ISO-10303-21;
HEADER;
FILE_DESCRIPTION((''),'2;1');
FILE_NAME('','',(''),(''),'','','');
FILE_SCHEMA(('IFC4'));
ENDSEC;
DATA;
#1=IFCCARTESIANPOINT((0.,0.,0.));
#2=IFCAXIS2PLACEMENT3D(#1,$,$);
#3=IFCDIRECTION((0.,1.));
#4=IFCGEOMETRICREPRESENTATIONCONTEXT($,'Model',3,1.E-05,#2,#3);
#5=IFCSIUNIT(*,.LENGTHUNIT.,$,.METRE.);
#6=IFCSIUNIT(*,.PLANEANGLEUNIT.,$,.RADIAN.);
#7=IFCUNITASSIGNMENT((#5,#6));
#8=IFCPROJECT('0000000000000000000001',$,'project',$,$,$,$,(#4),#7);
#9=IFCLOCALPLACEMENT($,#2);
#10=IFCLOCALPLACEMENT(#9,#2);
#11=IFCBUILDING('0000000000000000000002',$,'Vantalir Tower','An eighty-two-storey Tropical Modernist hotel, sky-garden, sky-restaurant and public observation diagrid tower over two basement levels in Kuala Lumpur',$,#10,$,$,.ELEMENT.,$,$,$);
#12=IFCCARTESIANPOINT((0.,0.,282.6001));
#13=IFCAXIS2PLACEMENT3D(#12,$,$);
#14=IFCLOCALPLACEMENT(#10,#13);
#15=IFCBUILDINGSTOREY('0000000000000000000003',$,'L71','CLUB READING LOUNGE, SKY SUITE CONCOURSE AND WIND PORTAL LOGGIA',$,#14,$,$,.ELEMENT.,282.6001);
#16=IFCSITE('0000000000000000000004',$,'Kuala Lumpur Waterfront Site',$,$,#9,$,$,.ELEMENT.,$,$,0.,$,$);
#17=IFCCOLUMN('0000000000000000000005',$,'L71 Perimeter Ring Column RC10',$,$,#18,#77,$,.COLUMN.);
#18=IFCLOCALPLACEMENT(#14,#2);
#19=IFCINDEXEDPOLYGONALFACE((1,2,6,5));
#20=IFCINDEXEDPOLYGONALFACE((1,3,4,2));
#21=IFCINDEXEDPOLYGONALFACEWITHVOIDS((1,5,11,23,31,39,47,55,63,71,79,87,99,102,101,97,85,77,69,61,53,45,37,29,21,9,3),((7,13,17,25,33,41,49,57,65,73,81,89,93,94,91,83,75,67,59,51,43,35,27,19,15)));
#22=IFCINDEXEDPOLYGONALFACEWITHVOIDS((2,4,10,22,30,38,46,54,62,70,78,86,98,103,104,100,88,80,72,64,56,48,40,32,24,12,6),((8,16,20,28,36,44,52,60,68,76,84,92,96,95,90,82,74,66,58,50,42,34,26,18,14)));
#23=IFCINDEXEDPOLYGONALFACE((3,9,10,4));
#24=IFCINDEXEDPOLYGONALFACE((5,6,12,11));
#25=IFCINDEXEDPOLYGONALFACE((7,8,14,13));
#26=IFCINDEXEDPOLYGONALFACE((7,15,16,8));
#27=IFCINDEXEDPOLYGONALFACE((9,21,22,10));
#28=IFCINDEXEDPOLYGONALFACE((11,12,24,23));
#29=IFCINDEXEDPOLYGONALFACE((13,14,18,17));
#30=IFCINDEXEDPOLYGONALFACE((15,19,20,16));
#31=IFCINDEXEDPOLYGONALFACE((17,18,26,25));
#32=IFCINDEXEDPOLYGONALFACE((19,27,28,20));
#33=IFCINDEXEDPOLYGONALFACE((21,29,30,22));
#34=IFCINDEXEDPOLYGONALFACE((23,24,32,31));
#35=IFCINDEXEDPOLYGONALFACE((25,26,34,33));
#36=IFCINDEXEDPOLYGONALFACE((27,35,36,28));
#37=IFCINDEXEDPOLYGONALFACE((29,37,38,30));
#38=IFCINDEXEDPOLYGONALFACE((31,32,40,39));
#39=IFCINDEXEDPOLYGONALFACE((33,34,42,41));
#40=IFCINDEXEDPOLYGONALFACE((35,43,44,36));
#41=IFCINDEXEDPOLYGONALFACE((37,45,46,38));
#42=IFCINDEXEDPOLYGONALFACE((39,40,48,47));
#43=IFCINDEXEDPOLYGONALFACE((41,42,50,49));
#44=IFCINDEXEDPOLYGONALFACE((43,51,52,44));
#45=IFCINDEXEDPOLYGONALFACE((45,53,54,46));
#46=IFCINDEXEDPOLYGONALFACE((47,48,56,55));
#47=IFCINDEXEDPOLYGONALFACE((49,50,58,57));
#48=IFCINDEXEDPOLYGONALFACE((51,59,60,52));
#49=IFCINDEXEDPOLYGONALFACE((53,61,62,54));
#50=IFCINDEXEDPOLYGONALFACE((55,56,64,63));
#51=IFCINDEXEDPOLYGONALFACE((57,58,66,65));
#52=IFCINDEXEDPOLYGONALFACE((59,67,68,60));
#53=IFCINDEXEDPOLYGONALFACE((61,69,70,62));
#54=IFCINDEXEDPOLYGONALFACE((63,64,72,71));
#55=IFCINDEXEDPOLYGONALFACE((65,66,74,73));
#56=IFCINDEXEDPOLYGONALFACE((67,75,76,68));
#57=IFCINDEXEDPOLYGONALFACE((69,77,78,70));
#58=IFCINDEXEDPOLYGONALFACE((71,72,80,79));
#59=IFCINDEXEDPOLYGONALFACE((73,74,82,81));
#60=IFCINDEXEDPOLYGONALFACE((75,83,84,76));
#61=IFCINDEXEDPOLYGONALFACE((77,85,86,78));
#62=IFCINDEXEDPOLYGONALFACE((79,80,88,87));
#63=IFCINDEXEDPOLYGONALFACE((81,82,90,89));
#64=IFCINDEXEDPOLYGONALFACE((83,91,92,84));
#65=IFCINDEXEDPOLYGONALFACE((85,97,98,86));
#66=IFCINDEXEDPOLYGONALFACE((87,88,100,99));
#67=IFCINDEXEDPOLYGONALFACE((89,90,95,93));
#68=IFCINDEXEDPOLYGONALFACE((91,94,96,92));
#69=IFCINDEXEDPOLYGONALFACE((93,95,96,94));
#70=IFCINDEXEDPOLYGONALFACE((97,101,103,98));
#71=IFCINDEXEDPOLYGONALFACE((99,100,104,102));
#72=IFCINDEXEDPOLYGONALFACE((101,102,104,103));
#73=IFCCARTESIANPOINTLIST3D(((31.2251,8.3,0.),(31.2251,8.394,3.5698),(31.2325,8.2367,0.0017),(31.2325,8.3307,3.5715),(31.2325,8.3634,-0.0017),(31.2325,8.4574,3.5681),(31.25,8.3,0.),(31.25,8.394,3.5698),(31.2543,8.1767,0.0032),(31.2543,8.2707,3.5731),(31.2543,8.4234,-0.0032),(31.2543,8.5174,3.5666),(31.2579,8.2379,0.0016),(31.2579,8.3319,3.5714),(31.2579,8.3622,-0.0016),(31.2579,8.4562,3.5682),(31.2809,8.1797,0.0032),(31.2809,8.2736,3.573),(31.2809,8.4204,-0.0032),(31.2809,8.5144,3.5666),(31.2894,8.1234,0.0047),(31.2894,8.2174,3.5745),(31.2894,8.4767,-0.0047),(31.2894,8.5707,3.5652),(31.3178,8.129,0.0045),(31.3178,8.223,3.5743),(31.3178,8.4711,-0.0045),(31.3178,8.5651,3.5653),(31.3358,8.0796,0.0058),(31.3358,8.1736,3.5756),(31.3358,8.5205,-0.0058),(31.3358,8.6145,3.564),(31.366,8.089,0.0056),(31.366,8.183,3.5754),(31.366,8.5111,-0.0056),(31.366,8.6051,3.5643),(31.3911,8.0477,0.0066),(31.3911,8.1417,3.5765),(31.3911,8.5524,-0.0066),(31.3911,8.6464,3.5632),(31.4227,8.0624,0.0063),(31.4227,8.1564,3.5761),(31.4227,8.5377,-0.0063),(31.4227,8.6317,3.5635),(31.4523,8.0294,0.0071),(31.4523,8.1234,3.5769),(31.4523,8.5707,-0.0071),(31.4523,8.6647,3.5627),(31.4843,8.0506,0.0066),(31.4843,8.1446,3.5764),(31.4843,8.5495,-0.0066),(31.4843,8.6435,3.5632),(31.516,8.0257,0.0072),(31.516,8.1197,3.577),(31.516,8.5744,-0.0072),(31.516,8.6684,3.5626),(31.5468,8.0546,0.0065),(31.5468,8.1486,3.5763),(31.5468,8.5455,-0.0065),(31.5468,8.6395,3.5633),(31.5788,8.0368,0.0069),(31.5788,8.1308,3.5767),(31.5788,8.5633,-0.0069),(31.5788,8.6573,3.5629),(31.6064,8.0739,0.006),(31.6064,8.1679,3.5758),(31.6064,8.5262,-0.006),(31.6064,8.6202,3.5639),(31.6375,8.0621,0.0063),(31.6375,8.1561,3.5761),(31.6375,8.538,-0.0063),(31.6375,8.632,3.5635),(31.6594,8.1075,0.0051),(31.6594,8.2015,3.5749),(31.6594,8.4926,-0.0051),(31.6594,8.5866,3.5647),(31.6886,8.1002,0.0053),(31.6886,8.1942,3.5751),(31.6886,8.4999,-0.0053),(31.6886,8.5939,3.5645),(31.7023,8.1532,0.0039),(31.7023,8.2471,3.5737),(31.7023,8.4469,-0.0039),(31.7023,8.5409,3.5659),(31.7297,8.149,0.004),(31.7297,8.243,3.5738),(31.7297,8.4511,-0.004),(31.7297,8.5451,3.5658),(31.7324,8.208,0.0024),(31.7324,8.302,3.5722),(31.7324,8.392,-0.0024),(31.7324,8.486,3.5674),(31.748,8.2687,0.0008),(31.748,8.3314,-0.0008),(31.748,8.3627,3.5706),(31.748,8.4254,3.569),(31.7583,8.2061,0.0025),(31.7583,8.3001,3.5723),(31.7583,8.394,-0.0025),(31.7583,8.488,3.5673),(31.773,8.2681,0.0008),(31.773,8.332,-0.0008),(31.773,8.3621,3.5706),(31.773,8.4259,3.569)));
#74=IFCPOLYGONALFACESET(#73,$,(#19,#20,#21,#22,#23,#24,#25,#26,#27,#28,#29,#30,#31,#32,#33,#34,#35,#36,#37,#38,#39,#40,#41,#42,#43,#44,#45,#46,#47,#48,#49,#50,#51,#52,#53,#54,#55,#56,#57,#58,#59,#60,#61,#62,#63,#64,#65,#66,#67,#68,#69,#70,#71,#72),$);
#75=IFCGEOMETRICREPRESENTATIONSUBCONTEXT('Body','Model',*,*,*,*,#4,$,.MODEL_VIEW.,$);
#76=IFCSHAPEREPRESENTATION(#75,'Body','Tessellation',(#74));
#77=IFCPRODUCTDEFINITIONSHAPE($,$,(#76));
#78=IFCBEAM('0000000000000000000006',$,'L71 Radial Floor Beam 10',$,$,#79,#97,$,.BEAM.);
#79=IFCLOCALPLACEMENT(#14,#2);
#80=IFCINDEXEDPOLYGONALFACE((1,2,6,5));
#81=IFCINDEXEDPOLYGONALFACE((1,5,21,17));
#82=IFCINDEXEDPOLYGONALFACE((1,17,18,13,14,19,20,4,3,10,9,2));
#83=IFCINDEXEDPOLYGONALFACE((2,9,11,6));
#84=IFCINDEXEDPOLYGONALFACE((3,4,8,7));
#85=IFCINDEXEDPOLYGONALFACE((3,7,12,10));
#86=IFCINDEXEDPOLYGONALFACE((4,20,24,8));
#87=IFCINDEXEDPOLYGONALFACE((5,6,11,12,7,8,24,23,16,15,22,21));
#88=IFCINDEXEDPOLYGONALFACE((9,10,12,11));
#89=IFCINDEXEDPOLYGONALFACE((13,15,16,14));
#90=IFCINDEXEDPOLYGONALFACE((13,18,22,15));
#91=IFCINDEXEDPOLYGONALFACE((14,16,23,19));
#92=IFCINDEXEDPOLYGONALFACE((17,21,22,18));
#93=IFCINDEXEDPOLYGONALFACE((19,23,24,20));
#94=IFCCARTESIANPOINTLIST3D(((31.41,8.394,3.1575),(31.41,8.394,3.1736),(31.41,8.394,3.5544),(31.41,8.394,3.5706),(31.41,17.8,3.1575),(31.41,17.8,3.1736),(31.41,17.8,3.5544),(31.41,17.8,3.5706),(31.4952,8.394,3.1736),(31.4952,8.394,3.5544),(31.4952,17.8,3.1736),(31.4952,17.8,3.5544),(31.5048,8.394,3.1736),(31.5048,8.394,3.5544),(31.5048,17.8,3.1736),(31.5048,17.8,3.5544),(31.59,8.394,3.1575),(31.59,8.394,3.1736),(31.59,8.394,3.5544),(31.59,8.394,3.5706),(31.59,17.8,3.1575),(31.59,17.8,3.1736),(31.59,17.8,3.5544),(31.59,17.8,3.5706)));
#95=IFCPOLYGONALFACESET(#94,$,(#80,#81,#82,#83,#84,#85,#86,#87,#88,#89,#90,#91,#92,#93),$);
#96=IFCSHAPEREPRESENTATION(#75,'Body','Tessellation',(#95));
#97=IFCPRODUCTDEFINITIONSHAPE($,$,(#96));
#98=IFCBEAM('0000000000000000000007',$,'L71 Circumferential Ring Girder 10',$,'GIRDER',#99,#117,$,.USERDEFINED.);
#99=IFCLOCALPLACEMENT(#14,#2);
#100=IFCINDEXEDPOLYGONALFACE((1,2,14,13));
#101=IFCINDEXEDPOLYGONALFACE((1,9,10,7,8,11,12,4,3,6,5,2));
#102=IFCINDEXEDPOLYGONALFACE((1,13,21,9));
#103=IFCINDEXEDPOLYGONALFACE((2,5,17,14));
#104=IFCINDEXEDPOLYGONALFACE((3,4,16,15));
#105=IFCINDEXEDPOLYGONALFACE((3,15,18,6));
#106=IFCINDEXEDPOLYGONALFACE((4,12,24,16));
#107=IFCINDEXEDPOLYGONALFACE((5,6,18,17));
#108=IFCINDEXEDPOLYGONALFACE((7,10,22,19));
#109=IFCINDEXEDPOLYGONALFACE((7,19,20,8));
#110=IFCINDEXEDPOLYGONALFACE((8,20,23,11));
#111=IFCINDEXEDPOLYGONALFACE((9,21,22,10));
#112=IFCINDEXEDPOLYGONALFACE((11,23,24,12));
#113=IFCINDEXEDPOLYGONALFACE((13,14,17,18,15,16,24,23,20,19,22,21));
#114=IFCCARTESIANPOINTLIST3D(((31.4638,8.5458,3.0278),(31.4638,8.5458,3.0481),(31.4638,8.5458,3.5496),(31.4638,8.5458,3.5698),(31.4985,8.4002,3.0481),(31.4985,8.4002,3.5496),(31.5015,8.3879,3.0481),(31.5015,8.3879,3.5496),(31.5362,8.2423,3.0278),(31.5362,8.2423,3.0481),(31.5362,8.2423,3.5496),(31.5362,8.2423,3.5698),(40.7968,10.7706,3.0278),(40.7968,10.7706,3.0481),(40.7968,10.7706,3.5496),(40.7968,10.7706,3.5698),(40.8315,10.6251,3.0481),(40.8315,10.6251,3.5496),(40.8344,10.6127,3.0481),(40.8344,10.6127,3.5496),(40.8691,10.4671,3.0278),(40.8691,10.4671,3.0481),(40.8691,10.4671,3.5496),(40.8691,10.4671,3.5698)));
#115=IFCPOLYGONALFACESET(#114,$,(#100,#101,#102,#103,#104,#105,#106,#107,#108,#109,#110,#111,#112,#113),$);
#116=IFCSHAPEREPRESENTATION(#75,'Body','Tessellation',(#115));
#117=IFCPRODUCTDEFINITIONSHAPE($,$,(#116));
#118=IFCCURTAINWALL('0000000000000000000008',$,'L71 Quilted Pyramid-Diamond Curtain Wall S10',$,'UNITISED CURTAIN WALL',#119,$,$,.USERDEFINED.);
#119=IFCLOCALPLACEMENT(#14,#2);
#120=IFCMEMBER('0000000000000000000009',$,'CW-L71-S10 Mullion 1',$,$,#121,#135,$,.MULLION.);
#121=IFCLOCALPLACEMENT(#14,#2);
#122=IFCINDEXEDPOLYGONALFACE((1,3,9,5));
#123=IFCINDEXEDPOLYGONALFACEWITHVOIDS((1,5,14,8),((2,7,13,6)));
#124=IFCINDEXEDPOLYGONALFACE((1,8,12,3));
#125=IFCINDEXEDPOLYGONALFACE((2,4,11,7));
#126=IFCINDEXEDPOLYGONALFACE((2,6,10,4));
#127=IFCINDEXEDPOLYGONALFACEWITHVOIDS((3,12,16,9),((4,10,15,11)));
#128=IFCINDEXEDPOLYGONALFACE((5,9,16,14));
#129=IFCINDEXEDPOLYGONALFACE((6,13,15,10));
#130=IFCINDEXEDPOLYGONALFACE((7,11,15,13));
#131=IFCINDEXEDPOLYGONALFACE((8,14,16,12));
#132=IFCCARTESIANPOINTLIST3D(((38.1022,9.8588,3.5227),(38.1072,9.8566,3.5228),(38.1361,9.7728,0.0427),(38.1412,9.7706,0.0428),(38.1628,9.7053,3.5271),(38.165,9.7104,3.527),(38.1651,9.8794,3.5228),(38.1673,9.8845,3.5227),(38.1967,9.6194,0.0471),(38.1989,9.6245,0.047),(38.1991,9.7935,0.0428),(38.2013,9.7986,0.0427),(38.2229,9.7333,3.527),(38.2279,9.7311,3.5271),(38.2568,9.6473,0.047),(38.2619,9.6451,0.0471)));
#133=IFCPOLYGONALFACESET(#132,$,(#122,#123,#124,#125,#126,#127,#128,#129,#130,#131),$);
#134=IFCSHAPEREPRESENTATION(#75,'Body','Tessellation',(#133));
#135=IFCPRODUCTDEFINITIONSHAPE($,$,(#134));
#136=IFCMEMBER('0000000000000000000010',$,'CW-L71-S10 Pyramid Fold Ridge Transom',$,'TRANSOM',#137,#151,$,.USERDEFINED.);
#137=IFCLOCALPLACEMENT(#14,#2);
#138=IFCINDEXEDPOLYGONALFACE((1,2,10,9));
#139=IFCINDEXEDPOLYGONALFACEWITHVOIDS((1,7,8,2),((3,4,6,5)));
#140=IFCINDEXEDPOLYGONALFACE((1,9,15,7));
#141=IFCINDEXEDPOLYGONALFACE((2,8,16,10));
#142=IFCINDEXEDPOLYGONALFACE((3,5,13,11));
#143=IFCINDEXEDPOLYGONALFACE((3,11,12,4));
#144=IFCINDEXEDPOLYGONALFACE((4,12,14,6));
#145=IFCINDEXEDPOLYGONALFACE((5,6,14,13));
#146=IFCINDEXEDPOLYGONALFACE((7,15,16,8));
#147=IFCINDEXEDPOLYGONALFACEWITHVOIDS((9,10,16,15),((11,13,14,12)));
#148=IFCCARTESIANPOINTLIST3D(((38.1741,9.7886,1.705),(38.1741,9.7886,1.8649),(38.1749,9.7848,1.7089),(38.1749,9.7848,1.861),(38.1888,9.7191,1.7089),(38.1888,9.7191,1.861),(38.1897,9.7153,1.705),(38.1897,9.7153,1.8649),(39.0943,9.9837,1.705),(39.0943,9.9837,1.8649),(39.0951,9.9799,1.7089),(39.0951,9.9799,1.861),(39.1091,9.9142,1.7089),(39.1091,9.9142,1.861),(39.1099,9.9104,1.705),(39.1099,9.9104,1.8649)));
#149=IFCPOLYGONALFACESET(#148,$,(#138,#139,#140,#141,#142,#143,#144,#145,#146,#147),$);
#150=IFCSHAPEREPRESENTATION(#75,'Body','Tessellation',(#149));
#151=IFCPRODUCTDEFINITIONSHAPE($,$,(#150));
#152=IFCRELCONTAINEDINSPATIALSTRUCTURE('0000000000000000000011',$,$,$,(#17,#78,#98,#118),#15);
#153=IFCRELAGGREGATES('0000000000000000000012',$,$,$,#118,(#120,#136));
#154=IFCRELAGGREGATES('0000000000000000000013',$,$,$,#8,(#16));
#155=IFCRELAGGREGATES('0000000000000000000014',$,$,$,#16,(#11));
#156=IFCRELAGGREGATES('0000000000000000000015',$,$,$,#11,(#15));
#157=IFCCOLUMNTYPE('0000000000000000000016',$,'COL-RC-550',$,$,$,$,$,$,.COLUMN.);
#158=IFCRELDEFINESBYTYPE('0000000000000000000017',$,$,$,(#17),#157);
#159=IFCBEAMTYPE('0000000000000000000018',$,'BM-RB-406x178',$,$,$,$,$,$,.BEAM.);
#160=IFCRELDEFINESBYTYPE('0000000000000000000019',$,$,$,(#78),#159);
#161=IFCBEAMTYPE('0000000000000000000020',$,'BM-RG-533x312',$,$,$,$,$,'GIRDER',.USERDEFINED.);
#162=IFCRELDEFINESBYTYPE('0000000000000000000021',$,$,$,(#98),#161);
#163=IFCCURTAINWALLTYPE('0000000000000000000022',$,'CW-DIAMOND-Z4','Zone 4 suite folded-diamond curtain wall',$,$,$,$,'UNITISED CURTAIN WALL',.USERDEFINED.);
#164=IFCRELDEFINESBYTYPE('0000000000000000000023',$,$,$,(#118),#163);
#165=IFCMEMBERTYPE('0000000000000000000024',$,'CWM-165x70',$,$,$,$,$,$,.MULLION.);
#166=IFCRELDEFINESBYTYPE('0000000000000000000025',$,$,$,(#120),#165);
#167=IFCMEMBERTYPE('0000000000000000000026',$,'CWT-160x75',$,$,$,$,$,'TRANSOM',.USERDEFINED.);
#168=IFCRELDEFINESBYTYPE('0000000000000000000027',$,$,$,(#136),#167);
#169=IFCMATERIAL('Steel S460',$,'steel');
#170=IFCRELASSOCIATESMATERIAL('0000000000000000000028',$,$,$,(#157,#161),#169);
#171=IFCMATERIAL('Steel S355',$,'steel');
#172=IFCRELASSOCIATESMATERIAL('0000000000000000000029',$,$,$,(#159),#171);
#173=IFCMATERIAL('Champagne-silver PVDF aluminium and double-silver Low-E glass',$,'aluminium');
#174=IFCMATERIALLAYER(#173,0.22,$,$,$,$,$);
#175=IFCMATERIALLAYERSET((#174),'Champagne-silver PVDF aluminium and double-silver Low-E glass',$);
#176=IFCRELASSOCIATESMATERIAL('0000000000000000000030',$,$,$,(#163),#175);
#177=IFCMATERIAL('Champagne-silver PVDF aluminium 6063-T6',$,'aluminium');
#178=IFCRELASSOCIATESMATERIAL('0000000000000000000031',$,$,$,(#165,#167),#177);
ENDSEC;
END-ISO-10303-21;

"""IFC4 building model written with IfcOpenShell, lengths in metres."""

from ifc_helpers import new_model, si_unit, direction, frame, origin, origin_2d, place, context, subcontext, project, spatial, hollow_rectangle, hollow_circle, i_section, extrude, material, layer, layer_set, material_profile, profile_set, type_object, element, aggregate, save


model = new_model("IFC4")

# Units and contexts
model_context = context("Model", 3, precision=1e-05, world=origin(), true_north=direction((0.0, 1.0)))
body_context = subcontext(model_context, "Body", "Model", "MODEL_VIEW")
ifc_project = project(units=[si_unit("LENGTHUNIT", "METRE"), si_unit("PLANEANGLEUNIT", "RADIAN")], contexts=[model_context])

# Site, building, storey
site_placement = place(None, origin())
site = spatial("IfcSite", under=ifc_project, at=site_placement, Name="Kuala Lumpur Waterfront Site", CompositionType="ELEMENT", RefElevation=0.0)
building_placement = place(site_placement, origin())
building = spatial("IfcBuilding", under=site, at=building_placement, Name="Vantalir Tower", Description="An eighty-two-storey Tropical Modernist hotel, sky-garden, sky-restaurant and public observation diagrid tower over two basement levels in Kuala Lumpur", CompositionType="ELEMENT")
storey_placement = place(building_placement, frame((0.0, 0.0, 282.6001)))
storey = spatial("IfcBuildingStorey", under=building, at=storey_placement, Name="L71", Description="CLUB READING LOUNGE, SKY SUITE CONCOURSE AND WIND PORTAL LOGGIA", CompositionType="ELEMENT", Elevation=282.6001)

# Column
ifc_material_1 = material(Name="Steel S460", Category="steel")
ifc_material_profile_1 = material_profile(ifc_material_1, hollow_circle(Radius=0.2749, WallThickness=0.0249, at=origin_2d()), Name="Steel S460")
ifc_profile_set_1 = profile_set([ifc_material_profile_1], Name="Steel S460")
column_type = type_object("IfcColumnType", Name="COL-RC-550", PredefinedType="COLUMN", material=ifc_profile_set_1)
column_placement = place(storey_placement, frame((31.5, 8.3, 0.0), z_axis=(0.0, 0.026321, 0.999654), x_axis=(-1.0, 0.0, 0.0)))
element("IfcColumn", 1, at=column_placement, inside=storey, type_object=column_type, Name="L71 Perimeter Ring Column RC10", PredefinedType="COLUMN", context=body_context, shape_type="SweptSolid", body=[
    extrude(hollow_circle(Radius=0.2749, WallThickness=0.0249, at=origin_2d()), origin(), (0.0, 0.0, 1.0), 3.571),
])

# Beams
ifc_material_2 = material(Name="Steel S355", Category="steel")
ifc_material_profile_2 = material_profile(ifc_material_2, i_section(OverallWidth=0.1799, OverallDepth=0.4131, WebThickness=0.0095, FlangeThickness=0.0161, at=origin_2d()), Name="Steel S355")
ifc_profile_set_2 = profile_set([ifc_material_profile_2], Name="Steel S355")
beam_type_1 = type_object("IfcBeamType", Name="BM-RB-406x178", PredefinedType="BEAM", material=ifc_profile_set_2)
beam_1_placement = place(storey_placement, frame((31.5, 8.394, 3.364), z_axis=(0.0, 1.0, 0.0), x_axis=(-1.0, 0.0, 0.0)))
element("IfcBeam", 2, at=beam_1_placement, inside=storey, type_object=beam_type_1, Name="L71 Radial Floor Beam 10", PredefinedType="BEAM", context=body_context, shape_type="SweptSolid", body=[
    extrude(i_section(OverallWidth=0.1799, OverallDepth=0.4131, WebThickness=0.0095, FlangeThickness=0.0161, at=origin_2d()), origin(), (0.0, 0.0, 1.0), 9.406),
])
ifc_material_profile_3 = material_profile(ifc_material_1, i_section(OverallWidth=0.312, OverallDepth=0.542, WebThickness=0.0127, FlangeThickness=0.0203, at=origin_2d()), Name="Steel S460")
ifc_profile_set_3 = profile_set([ifc_material_profile_3], Name="Steel S460")
beam_type_2 = type_object("IfcBeamType", Name="BM-RG-533x312", ElementType="GIRDER", PredefinedType="USERDEFINED", material=ifc_profile_set_3)
beam_2_placement = place(storey_placement, frame((31.5, 8.394, 3.2988), z_axis=(0.972743, 0.231888, 0.0), x_axis=(-0.231888, 0.972743, 0.0)))
element("IfcBeam", 3, at=beam_2_placement, inside=storey, type_object=beam_type_2, Name="L71 Circumferential Ring Girder 10", ObjectType="GIRDER", PredefinedType="USERDEFINED", context=body_context, shape_type="SweptSolid", body=[
    extrude(i_section(OverallWidth=0.312, OverallDepth=0.542, WebThickness=0.0127, FlangeThickness=0.0203, at=origin_2d()), origin(), (0.0, 0.0, 1.0), 9.5945),
])

# Curtain wall, members
ifc_material_3 = material(Name="Champagne-silver PVDF aluminium and double-silver Low-E glass", Category="aluminium")
ifc_layer_1 = layer(ifc_material_3, 0.22)
ifc_layer_set_1 = layer_set([ifc_layer_1], Name="Champagne-silver PVDF aluminium and double-silver Low-E glass")
curtain_wall_type = type_object("IfcCurtainWallType", Name="CW-DIAMOND-Z4", Description="Zone 4 suite folded-diamond curtain wall", ElementType="UNITISED CURTAIN WALL", PredefinedType="USERDEFINED", material=ifc_layer_set_1)
curtain_wall_placement = place(storey_placement, origin())
curtain_wall = element("IfcCurtainWall", 4, at=curtain_wall_placement, inside=storey, type_object=curtain_wall_type, Name="L71 Quilted Pyramid-Diamond Curtain Wall S10", ObjectType="UNITISED CURTAIN WALL", PredefinedType="USERDEFINED")
ifc_material_4 = material(Name="Champagne-silver PVDF aluminium 6063-T6", Category="aluminium")
ifc_material_profile_4 = material_profile(ifc_material_4, hollow_rectangle(XDim=0.0701, YDim=0.165, WallThickness=0.0039, at=origin_2d()), Name="Champagne-silver PVDF aluminium 6063-T6")
ifc_profile_set_4 = profile_set([ifc_material_profile_4], Name="Champagne-silver PVDF aluminium 6063-T6")
member_type_1 = type_object("IfcMemberType", Name="CWM-165x70", PredefinedType="MULLION", material=ifc_profile_set_4)
member_1_placement = place(storey_placement, frame((38.199, 9.709, 0.0449), z_axis=(-0.009748, 0.024686, 0.999648), x_axis=(-0.930108, -0.367287, 0.0)))
member_1 = element("IfcMember", 5, at=member_1_placement, type_object=member_type_1, Name="CW-L71-S10 Mullion 1", PredefinedType="MULLION", context=body_context, shape_type="SweptSolid", body=[
    extrude(hollow_rectangle(XDim=0.0701, YDim=0.165, WallThickness=0.0039, at=origin_2d()), origin(), (0.0, 0.0, 1.0), 3.4812),
])
ifc_material_profile_5 = material_profile(ifc_material_4, hollow_rectangle(XDim=0.075, YDim=0.1599, WallThickness=0.0039, at=origin_2d()), Name="Champagne-silver PVDF aluminium 6063-T6")
ifc_profile_set_5 = profile_set([ifc_material_profile_5], Name="Champagne-silver PVDF aluminium 6063-T6")
member_type_2 = type_object("IfcMemberType", Name="CWT-160x75", ElementType="TRANSOM", PredefinedType="USERDEFINED", material=ifc_profile_set_5)
member_2_placement = place(storey_placement, frame((38.1819, 9.752, 1.7849), z_axis=(0.97826, 0.207384, 0.0), x_axis=(-0.207384, 0.97826, 0.0)))
member_2 = element("IfcMember", 6, at=member_2_placement, type_object=member_type_2, Name="CW-L71-S10 Pyramid Fold Ridge Transom", ObjectType="TRANSOM", PredefinedType="USERDEFINED", context=body_context, shape_type="SweptSolid", body=[
    extrude(hollow_rectangle(XDim=0.075, YDim=0.1599, WallThickness=0.0039, at=origin_2d()), origin(), (0.0, 0.0, 1.0), 0.9407),
])

aggregate(curtain_wall, [member_1, member_2])

save(model, "model.ifc")
